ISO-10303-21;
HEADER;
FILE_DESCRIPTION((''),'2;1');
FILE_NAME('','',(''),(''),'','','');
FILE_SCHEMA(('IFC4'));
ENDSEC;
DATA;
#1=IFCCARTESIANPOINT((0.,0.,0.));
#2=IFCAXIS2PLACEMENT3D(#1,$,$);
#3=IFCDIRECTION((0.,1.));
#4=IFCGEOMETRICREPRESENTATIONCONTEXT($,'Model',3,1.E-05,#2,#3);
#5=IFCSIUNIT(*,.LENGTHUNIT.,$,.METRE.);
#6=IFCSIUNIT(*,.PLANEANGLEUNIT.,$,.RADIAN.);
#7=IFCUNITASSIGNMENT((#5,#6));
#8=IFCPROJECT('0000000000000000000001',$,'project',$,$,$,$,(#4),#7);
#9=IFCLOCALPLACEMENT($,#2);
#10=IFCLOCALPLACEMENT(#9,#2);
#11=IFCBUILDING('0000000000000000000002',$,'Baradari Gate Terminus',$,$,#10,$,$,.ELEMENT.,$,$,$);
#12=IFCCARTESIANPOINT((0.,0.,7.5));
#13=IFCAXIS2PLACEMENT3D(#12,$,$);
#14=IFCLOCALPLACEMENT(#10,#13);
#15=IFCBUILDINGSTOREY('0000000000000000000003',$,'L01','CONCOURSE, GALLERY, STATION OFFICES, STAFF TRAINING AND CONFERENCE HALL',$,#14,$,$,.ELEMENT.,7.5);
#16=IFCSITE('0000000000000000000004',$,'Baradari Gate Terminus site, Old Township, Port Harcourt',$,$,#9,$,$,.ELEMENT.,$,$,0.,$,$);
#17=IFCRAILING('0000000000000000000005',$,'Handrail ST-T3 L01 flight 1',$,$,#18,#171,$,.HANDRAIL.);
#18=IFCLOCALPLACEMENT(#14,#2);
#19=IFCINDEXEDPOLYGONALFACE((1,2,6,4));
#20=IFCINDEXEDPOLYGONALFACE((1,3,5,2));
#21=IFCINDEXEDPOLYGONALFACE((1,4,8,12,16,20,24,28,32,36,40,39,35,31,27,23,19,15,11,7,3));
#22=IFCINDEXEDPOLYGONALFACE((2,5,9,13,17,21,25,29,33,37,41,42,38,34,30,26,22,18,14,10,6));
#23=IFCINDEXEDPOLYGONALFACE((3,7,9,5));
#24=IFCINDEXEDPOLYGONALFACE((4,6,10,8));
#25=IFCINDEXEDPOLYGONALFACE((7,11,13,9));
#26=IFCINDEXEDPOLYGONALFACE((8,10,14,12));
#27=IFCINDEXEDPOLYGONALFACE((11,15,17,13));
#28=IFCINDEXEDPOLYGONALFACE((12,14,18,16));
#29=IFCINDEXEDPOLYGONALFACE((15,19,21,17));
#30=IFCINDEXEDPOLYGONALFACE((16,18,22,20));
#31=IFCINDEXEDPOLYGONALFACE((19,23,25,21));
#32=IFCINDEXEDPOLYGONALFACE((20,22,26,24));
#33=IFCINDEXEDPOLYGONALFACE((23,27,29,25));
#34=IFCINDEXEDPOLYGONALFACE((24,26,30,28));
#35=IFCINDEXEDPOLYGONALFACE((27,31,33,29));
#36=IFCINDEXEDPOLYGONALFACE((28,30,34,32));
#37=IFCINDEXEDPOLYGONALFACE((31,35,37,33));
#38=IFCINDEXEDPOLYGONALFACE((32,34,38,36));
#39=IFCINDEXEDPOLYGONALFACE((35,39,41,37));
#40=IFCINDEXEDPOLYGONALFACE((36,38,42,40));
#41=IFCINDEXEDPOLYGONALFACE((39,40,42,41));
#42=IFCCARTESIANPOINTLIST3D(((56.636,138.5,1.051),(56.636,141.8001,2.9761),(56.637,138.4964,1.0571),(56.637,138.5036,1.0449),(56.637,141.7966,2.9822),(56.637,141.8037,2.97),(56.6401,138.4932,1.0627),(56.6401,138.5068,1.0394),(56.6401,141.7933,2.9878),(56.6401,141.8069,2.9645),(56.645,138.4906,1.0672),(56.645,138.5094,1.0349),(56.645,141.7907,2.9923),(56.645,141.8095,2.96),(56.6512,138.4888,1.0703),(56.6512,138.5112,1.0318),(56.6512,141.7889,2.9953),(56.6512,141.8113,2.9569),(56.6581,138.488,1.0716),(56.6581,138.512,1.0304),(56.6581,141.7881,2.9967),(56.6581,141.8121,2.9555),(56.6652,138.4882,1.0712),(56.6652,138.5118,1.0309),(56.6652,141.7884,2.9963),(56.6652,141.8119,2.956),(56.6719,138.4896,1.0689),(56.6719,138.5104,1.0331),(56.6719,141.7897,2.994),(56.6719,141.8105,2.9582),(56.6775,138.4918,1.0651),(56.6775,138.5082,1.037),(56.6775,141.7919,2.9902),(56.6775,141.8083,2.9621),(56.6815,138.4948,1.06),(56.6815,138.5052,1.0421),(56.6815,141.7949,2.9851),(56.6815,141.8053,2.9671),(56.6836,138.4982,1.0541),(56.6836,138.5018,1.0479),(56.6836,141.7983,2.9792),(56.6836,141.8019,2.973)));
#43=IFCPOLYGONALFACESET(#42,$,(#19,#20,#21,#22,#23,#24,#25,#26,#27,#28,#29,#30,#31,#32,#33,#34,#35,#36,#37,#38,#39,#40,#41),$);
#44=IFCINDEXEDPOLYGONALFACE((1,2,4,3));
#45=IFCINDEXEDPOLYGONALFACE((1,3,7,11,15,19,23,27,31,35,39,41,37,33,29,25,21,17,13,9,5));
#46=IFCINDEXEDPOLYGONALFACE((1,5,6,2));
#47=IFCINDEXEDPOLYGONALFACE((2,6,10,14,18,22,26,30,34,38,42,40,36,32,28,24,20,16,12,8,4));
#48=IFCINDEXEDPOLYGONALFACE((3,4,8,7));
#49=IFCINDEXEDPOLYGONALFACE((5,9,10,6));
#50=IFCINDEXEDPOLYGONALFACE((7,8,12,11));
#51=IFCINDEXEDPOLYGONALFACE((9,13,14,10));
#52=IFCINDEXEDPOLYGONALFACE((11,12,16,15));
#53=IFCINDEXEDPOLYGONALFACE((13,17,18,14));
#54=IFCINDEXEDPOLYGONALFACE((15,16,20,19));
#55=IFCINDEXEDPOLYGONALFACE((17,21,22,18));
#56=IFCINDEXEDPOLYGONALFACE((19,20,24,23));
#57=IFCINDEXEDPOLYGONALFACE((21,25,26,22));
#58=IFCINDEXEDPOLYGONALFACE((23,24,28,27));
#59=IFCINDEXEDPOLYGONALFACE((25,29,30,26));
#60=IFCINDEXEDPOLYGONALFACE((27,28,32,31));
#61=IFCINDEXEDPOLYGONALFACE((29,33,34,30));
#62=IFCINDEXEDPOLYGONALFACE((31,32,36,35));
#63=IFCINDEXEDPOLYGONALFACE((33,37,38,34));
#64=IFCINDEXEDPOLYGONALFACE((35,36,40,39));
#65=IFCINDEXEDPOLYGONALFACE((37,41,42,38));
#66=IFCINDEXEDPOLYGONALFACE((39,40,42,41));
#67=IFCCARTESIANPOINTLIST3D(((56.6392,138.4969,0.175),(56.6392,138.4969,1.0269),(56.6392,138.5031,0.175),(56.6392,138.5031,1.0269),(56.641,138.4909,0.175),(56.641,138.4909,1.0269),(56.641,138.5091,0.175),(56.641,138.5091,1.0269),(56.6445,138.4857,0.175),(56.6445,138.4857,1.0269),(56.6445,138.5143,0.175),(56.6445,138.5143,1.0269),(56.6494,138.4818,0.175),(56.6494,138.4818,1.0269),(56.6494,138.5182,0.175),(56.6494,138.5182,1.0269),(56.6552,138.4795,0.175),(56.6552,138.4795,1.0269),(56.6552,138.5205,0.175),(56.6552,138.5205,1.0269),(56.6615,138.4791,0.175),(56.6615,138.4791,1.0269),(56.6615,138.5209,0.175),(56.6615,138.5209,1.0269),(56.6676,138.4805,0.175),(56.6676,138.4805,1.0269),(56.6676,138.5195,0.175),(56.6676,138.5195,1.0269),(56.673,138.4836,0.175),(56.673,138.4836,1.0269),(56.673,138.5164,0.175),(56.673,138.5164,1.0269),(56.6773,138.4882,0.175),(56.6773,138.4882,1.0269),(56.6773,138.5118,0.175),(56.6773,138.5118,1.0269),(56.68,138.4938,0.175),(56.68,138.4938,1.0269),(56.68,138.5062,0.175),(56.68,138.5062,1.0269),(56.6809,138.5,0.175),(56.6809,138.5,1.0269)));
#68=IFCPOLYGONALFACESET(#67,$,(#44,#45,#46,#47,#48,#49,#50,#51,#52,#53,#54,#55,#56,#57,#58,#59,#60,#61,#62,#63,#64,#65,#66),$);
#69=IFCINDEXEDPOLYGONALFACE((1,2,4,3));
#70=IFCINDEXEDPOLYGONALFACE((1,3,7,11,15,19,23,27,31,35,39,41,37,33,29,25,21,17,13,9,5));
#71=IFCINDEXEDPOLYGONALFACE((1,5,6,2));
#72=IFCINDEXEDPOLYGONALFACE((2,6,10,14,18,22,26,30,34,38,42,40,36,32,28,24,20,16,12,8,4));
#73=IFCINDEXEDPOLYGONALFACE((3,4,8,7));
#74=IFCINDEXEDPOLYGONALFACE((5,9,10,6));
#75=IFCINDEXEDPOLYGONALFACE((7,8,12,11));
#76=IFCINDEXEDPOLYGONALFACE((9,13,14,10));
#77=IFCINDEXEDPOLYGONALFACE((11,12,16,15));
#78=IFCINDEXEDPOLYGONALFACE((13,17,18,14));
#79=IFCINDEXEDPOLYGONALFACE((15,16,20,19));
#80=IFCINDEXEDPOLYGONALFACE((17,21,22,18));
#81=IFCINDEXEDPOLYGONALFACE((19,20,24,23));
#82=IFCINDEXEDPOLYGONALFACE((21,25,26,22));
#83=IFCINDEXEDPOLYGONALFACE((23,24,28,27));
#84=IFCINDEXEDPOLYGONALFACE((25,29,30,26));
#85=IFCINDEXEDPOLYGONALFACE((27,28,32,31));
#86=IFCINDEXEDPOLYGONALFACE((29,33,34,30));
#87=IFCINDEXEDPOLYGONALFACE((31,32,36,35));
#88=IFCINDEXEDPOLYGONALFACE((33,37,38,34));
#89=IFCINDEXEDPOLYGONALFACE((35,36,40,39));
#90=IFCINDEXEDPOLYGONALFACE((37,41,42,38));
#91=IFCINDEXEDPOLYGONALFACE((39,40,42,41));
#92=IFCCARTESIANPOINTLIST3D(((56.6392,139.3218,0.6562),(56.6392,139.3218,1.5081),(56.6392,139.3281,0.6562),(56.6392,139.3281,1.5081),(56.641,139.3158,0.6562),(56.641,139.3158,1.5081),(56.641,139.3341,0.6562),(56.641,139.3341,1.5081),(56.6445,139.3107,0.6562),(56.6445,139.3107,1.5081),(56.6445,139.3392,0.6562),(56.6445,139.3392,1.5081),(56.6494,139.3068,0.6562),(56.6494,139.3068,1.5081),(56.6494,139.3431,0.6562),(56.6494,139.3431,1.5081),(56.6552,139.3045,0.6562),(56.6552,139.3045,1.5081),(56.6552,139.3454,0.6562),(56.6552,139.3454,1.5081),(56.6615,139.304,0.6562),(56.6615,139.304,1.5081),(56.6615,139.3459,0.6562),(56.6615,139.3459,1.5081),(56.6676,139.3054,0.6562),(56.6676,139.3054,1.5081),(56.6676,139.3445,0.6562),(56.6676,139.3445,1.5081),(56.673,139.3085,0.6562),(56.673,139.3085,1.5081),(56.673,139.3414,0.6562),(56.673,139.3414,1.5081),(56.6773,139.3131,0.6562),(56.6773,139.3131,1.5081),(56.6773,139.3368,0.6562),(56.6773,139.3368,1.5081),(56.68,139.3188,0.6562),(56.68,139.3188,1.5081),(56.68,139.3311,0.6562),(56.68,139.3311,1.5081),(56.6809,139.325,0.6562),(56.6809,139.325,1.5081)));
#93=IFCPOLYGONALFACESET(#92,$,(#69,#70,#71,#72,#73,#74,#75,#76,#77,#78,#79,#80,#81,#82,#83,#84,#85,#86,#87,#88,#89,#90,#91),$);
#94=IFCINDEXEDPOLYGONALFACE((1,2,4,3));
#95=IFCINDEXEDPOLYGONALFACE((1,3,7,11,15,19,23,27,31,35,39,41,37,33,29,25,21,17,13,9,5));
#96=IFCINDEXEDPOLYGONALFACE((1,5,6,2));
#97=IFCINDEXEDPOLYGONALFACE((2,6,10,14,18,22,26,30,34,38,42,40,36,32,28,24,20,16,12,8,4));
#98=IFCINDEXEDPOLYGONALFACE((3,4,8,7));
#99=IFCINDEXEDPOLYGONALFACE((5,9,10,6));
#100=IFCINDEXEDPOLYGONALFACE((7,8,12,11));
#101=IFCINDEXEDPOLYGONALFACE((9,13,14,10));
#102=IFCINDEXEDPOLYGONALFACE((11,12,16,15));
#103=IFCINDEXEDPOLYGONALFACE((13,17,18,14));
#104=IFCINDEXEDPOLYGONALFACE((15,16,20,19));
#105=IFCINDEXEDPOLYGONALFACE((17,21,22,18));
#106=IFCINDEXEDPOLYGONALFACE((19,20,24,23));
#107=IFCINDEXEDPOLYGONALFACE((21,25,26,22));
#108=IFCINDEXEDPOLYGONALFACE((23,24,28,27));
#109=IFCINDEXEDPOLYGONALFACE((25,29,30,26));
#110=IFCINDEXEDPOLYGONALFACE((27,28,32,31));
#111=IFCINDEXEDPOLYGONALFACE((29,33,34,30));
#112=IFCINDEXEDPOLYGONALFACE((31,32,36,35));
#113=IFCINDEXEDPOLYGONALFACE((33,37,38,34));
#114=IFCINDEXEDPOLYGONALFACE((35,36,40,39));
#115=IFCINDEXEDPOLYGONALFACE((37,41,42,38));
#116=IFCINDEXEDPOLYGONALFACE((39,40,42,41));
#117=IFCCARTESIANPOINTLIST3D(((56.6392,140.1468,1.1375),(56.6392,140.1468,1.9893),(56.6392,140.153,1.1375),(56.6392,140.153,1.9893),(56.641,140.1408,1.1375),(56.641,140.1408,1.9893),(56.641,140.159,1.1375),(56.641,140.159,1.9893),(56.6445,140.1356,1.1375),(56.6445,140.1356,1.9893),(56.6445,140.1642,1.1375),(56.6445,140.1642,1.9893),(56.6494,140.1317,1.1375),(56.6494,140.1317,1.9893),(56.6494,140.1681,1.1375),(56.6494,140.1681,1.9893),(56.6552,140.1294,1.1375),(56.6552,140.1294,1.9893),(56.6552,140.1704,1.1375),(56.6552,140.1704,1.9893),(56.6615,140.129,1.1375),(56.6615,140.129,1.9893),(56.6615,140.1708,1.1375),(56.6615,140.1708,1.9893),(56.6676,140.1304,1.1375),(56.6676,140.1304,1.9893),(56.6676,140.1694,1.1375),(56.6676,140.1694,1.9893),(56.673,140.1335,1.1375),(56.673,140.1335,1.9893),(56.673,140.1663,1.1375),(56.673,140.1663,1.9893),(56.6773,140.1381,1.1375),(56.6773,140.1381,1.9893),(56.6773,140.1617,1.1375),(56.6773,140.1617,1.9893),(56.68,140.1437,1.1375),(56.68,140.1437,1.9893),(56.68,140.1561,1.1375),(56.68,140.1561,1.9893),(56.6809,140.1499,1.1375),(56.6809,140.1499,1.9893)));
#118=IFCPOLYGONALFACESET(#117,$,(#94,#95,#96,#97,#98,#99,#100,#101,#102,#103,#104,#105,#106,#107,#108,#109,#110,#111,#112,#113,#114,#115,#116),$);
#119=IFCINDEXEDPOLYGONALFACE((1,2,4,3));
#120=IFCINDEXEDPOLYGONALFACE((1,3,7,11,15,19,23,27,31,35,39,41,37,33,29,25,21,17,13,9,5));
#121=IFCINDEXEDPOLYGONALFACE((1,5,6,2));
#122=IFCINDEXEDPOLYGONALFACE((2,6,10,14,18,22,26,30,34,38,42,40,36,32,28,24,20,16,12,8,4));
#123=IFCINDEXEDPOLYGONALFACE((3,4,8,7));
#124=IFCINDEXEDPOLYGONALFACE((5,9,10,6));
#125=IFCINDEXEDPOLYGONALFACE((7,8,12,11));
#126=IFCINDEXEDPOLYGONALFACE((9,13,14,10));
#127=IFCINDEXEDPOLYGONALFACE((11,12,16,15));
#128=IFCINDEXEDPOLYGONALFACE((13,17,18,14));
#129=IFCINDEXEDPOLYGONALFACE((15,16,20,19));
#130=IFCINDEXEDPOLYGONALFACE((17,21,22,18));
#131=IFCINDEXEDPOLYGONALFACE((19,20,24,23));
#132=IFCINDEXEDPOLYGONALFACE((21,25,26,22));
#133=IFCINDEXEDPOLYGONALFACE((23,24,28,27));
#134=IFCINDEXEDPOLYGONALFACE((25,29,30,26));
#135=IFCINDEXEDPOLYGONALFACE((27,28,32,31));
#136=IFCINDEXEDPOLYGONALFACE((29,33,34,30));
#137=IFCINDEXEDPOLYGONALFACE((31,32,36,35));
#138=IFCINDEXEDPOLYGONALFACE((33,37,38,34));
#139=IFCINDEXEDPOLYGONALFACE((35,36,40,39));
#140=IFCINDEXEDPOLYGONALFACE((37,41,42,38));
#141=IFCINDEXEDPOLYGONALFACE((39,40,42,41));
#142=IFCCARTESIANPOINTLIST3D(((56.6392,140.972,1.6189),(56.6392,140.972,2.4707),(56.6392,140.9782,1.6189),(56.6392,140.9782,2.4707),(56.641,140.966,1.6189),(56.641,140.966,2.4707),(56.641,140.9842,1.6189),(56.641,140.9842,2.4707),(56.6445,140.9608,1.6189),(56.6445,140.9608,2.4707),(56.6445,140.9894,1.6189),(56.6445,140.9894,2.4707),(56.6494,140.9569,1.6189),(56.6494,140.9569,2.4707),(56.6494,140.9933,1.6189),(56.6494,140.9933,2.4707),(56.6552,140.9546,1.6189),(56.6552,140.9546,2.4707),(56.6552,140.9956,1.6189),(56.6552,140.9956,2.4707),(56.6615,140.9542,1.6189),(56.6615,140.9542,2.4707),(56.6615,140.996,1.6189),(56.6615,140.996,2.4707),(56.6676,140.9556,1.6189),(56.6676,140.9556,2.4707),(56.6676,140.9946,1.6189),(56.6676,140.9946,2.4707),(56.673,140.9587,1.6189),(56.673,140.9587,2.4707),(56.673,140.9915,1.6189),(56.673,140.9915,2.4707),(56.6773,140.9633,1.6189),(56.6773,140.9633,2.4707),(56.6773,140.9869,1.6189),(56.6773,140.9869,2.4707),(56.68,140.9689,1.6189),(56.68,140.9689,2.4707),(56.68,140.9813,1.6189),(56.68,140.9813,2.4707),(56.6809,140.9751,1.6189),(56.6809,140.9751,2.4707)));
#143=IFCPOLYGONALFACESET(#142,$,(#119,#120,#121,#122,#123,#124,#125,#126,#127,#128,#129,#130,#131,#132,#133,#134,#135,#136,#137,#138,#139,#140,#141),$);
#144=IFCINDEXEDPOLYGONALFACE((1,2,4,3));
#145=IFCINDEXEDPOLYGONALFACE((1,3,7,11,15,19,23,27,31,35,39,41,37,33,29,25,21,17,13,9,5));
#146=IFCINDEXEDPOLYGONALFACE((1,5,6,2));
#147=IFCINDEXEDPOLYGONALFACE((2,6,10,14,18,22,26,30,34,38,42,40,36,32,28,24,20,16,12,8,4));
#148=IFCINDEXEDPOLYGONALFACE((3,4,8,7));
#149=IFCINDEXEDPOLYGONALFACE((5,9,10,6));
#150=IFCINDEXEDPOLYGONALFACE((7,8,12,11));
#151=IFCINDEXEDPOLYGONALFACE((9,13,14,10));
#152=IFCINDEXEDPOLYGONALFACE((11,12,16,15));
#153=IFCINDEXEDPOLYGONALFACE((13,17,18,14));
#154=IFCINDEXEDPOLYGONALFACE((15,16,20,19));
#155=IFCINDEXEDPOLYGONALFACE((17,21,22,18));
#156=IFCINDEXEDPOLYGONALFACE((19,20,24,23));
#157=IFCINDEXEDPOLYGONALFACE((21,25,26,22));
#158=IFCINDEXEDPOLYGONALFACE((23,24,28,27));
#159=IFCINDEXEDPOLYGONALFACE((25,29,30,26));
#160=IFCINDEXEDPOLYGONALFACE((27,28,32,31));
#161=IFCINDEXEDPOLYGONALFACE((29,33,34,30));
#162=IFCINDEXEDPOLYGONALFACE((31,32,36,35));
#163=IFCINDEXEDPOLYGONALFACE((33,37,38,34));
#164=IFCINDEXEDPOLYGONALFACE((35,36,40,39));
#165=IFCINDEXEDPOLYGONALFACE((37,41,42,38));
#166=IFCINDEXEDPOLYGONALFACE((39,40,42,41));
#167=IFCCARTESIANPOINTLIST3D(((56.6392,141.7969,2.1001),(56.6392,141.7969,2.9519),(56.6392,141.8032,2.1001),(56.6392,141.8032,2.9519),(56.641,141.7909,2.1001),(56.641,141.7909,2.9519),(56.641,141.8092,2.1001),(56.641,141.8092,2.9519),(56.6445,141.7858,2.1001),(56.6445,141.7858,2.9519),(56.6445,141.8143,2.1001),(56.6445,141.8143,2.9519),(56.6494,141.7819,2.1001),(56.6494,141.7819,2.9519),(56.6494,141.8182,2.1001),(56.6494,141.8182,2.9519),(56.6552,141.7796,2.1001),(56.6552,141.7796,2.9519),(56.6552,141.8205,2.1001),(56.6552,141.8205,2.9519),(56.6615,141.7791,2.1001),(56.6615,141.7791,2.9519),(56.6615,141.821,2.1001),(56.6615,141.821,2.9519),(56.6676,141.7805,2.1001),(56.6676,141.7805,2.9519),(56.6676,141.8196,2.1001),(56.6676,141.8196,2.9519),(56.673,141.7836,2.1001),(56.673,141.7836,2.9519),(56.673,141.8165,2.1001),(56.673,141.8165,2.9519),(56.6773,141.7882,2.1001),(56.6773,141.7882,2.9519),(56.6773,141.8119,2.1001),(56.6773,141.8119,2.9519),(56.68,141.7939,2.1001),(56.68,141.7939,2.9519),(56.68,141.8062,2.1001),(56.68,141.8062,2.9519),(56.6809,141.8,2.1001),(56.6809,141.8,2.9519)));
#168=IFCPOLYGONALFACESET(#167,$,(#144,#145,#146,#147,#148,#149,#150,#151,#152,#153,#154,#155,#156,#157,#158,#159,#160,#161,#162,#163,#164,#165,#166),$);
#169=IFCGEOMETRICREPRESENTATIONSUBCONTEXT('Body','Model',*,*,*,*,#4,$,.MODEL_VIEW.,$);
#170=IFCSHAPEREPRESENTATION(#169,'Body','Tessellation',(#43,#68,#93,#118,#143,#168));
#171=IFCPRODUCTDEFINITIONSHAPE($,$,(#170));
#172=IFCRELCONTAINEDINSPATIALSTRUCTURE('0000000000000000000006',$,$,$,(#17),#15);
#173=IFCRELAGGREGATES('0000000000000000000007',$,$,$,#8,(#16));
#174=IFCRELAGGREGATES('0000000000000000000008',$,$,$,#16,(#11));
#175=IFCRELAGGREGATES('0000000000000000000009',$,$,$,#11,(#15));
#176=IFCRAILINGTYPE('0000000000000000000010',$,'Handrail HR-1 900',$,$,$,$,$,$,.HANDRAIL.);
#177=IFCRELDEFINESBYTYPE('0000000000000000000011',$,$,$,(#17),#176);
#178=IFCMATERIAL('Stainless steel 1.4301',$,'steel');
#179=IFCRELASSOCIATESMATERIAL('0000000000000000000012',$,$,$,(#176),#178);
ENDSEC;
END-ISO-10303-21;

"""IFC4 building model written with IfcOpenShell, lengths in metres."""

from ifc_helpers import new_model, si_unit, direction, frame, origin, origin_2d, place, context, subcontext, project, spatial, circle, extrude, material, type_object, element, save


model = new_model("IFC4")

# Units and contexts
model_context = context("Model", 3, precision=1e-05, world=origin(), true_north=direction((0.0, 1.0)))
body_context = subcontext(model_context, "Body", "Model", "MODEL_VIEW")
ifc_project = project(units=[si_unit("LENGTHUNIT", "METRE"), si_unit("PLANEANGLEUNIT", "RADIAN")], contexts=[model_context])

# Site, building, storey
site_placement = place(None, origin())
site = spatial("IfcSite", under=ifc_project, at=site_placement, Name="Baradari Gate Terminus site, Old Township, Port Harcourt", CompositionType="ELEMENT", RefElevation=0.0)
building_placement = place(site_placement, origin())
building = spatial("IfcBuilding", under=site, at=building_placement, Name="Baradari Gate Terminus", CompositionType="ELEMENT")
storey_placement = place(building_placement, frame((0.0, 0.0, 7.5)))
storey = spatial("IfcBuildingStorey", under=building, at=storey_placement, Name="L01", Description="CONCOURSE, GALLERY, STATION OFFICES, STAFF TRAINING AND CONFERENCE HALL", CompositionType="ELEMENT", Elevation=7.5)

# Railing
ifc_material_1 = material(Name="Stainless steel 1.4301", Category="steel")
railing_type = type_object("IfcRailingType", Name="Handrail HR-1 900", PredefinedType="HANDRAIL", material=ifc_material_1)
for number, where, name in (
    (1, (56.6599, 138.5, 0.175), "Handrail ST-T3 L01 flight 1"),
):
    element("IfcRailing", number, at=place(storey_placement, frame(where)), inside=storey, type_object=railing_type, Name=name, PredefinedType="HANDRAIL", context=body_context, shape_type="SweptSolid", body=[
        extrude(circle(Radius=0.0239, at=origin_2d()), frame((0.0, 0.0, 0.876), z_axis=(0.0, 0.863777, 0.503875), x_axis=(-1.0, 0.0, 0.0)), (0.0, 0.0, 1.0), 3.8206),
        extrude(circle(Radius=0.021, at=origin_2d()), origin(), (0.0, 0.0, 1.0), 0.8518),
        extrude(circle(Radius=0.021, at=origin_2d()), frame((0.0, 0.825, 0.4812)), (0.0, 0.0, 1.0), 0.8518),
        extrude(circle(Radius=0.021, at=origin_2d()), frame((0.0, 1.6499, 0.9624)), (0.0, 0.0, 1.0), 0.8518),
        extrude(circle(Radius=0.021, at=origin_2d()), frame((0.0, 2.4751, 1.4438)), (0.0, 0.0, 1.0), 0.8518),
        extrude(circle(Radius=0.021, at=origin_2d()), frame((0.0, 3.3, 1.925)), (0.0, 0.0, 1.0), 0.8518),
    ])

save(model, "model.ifc")
